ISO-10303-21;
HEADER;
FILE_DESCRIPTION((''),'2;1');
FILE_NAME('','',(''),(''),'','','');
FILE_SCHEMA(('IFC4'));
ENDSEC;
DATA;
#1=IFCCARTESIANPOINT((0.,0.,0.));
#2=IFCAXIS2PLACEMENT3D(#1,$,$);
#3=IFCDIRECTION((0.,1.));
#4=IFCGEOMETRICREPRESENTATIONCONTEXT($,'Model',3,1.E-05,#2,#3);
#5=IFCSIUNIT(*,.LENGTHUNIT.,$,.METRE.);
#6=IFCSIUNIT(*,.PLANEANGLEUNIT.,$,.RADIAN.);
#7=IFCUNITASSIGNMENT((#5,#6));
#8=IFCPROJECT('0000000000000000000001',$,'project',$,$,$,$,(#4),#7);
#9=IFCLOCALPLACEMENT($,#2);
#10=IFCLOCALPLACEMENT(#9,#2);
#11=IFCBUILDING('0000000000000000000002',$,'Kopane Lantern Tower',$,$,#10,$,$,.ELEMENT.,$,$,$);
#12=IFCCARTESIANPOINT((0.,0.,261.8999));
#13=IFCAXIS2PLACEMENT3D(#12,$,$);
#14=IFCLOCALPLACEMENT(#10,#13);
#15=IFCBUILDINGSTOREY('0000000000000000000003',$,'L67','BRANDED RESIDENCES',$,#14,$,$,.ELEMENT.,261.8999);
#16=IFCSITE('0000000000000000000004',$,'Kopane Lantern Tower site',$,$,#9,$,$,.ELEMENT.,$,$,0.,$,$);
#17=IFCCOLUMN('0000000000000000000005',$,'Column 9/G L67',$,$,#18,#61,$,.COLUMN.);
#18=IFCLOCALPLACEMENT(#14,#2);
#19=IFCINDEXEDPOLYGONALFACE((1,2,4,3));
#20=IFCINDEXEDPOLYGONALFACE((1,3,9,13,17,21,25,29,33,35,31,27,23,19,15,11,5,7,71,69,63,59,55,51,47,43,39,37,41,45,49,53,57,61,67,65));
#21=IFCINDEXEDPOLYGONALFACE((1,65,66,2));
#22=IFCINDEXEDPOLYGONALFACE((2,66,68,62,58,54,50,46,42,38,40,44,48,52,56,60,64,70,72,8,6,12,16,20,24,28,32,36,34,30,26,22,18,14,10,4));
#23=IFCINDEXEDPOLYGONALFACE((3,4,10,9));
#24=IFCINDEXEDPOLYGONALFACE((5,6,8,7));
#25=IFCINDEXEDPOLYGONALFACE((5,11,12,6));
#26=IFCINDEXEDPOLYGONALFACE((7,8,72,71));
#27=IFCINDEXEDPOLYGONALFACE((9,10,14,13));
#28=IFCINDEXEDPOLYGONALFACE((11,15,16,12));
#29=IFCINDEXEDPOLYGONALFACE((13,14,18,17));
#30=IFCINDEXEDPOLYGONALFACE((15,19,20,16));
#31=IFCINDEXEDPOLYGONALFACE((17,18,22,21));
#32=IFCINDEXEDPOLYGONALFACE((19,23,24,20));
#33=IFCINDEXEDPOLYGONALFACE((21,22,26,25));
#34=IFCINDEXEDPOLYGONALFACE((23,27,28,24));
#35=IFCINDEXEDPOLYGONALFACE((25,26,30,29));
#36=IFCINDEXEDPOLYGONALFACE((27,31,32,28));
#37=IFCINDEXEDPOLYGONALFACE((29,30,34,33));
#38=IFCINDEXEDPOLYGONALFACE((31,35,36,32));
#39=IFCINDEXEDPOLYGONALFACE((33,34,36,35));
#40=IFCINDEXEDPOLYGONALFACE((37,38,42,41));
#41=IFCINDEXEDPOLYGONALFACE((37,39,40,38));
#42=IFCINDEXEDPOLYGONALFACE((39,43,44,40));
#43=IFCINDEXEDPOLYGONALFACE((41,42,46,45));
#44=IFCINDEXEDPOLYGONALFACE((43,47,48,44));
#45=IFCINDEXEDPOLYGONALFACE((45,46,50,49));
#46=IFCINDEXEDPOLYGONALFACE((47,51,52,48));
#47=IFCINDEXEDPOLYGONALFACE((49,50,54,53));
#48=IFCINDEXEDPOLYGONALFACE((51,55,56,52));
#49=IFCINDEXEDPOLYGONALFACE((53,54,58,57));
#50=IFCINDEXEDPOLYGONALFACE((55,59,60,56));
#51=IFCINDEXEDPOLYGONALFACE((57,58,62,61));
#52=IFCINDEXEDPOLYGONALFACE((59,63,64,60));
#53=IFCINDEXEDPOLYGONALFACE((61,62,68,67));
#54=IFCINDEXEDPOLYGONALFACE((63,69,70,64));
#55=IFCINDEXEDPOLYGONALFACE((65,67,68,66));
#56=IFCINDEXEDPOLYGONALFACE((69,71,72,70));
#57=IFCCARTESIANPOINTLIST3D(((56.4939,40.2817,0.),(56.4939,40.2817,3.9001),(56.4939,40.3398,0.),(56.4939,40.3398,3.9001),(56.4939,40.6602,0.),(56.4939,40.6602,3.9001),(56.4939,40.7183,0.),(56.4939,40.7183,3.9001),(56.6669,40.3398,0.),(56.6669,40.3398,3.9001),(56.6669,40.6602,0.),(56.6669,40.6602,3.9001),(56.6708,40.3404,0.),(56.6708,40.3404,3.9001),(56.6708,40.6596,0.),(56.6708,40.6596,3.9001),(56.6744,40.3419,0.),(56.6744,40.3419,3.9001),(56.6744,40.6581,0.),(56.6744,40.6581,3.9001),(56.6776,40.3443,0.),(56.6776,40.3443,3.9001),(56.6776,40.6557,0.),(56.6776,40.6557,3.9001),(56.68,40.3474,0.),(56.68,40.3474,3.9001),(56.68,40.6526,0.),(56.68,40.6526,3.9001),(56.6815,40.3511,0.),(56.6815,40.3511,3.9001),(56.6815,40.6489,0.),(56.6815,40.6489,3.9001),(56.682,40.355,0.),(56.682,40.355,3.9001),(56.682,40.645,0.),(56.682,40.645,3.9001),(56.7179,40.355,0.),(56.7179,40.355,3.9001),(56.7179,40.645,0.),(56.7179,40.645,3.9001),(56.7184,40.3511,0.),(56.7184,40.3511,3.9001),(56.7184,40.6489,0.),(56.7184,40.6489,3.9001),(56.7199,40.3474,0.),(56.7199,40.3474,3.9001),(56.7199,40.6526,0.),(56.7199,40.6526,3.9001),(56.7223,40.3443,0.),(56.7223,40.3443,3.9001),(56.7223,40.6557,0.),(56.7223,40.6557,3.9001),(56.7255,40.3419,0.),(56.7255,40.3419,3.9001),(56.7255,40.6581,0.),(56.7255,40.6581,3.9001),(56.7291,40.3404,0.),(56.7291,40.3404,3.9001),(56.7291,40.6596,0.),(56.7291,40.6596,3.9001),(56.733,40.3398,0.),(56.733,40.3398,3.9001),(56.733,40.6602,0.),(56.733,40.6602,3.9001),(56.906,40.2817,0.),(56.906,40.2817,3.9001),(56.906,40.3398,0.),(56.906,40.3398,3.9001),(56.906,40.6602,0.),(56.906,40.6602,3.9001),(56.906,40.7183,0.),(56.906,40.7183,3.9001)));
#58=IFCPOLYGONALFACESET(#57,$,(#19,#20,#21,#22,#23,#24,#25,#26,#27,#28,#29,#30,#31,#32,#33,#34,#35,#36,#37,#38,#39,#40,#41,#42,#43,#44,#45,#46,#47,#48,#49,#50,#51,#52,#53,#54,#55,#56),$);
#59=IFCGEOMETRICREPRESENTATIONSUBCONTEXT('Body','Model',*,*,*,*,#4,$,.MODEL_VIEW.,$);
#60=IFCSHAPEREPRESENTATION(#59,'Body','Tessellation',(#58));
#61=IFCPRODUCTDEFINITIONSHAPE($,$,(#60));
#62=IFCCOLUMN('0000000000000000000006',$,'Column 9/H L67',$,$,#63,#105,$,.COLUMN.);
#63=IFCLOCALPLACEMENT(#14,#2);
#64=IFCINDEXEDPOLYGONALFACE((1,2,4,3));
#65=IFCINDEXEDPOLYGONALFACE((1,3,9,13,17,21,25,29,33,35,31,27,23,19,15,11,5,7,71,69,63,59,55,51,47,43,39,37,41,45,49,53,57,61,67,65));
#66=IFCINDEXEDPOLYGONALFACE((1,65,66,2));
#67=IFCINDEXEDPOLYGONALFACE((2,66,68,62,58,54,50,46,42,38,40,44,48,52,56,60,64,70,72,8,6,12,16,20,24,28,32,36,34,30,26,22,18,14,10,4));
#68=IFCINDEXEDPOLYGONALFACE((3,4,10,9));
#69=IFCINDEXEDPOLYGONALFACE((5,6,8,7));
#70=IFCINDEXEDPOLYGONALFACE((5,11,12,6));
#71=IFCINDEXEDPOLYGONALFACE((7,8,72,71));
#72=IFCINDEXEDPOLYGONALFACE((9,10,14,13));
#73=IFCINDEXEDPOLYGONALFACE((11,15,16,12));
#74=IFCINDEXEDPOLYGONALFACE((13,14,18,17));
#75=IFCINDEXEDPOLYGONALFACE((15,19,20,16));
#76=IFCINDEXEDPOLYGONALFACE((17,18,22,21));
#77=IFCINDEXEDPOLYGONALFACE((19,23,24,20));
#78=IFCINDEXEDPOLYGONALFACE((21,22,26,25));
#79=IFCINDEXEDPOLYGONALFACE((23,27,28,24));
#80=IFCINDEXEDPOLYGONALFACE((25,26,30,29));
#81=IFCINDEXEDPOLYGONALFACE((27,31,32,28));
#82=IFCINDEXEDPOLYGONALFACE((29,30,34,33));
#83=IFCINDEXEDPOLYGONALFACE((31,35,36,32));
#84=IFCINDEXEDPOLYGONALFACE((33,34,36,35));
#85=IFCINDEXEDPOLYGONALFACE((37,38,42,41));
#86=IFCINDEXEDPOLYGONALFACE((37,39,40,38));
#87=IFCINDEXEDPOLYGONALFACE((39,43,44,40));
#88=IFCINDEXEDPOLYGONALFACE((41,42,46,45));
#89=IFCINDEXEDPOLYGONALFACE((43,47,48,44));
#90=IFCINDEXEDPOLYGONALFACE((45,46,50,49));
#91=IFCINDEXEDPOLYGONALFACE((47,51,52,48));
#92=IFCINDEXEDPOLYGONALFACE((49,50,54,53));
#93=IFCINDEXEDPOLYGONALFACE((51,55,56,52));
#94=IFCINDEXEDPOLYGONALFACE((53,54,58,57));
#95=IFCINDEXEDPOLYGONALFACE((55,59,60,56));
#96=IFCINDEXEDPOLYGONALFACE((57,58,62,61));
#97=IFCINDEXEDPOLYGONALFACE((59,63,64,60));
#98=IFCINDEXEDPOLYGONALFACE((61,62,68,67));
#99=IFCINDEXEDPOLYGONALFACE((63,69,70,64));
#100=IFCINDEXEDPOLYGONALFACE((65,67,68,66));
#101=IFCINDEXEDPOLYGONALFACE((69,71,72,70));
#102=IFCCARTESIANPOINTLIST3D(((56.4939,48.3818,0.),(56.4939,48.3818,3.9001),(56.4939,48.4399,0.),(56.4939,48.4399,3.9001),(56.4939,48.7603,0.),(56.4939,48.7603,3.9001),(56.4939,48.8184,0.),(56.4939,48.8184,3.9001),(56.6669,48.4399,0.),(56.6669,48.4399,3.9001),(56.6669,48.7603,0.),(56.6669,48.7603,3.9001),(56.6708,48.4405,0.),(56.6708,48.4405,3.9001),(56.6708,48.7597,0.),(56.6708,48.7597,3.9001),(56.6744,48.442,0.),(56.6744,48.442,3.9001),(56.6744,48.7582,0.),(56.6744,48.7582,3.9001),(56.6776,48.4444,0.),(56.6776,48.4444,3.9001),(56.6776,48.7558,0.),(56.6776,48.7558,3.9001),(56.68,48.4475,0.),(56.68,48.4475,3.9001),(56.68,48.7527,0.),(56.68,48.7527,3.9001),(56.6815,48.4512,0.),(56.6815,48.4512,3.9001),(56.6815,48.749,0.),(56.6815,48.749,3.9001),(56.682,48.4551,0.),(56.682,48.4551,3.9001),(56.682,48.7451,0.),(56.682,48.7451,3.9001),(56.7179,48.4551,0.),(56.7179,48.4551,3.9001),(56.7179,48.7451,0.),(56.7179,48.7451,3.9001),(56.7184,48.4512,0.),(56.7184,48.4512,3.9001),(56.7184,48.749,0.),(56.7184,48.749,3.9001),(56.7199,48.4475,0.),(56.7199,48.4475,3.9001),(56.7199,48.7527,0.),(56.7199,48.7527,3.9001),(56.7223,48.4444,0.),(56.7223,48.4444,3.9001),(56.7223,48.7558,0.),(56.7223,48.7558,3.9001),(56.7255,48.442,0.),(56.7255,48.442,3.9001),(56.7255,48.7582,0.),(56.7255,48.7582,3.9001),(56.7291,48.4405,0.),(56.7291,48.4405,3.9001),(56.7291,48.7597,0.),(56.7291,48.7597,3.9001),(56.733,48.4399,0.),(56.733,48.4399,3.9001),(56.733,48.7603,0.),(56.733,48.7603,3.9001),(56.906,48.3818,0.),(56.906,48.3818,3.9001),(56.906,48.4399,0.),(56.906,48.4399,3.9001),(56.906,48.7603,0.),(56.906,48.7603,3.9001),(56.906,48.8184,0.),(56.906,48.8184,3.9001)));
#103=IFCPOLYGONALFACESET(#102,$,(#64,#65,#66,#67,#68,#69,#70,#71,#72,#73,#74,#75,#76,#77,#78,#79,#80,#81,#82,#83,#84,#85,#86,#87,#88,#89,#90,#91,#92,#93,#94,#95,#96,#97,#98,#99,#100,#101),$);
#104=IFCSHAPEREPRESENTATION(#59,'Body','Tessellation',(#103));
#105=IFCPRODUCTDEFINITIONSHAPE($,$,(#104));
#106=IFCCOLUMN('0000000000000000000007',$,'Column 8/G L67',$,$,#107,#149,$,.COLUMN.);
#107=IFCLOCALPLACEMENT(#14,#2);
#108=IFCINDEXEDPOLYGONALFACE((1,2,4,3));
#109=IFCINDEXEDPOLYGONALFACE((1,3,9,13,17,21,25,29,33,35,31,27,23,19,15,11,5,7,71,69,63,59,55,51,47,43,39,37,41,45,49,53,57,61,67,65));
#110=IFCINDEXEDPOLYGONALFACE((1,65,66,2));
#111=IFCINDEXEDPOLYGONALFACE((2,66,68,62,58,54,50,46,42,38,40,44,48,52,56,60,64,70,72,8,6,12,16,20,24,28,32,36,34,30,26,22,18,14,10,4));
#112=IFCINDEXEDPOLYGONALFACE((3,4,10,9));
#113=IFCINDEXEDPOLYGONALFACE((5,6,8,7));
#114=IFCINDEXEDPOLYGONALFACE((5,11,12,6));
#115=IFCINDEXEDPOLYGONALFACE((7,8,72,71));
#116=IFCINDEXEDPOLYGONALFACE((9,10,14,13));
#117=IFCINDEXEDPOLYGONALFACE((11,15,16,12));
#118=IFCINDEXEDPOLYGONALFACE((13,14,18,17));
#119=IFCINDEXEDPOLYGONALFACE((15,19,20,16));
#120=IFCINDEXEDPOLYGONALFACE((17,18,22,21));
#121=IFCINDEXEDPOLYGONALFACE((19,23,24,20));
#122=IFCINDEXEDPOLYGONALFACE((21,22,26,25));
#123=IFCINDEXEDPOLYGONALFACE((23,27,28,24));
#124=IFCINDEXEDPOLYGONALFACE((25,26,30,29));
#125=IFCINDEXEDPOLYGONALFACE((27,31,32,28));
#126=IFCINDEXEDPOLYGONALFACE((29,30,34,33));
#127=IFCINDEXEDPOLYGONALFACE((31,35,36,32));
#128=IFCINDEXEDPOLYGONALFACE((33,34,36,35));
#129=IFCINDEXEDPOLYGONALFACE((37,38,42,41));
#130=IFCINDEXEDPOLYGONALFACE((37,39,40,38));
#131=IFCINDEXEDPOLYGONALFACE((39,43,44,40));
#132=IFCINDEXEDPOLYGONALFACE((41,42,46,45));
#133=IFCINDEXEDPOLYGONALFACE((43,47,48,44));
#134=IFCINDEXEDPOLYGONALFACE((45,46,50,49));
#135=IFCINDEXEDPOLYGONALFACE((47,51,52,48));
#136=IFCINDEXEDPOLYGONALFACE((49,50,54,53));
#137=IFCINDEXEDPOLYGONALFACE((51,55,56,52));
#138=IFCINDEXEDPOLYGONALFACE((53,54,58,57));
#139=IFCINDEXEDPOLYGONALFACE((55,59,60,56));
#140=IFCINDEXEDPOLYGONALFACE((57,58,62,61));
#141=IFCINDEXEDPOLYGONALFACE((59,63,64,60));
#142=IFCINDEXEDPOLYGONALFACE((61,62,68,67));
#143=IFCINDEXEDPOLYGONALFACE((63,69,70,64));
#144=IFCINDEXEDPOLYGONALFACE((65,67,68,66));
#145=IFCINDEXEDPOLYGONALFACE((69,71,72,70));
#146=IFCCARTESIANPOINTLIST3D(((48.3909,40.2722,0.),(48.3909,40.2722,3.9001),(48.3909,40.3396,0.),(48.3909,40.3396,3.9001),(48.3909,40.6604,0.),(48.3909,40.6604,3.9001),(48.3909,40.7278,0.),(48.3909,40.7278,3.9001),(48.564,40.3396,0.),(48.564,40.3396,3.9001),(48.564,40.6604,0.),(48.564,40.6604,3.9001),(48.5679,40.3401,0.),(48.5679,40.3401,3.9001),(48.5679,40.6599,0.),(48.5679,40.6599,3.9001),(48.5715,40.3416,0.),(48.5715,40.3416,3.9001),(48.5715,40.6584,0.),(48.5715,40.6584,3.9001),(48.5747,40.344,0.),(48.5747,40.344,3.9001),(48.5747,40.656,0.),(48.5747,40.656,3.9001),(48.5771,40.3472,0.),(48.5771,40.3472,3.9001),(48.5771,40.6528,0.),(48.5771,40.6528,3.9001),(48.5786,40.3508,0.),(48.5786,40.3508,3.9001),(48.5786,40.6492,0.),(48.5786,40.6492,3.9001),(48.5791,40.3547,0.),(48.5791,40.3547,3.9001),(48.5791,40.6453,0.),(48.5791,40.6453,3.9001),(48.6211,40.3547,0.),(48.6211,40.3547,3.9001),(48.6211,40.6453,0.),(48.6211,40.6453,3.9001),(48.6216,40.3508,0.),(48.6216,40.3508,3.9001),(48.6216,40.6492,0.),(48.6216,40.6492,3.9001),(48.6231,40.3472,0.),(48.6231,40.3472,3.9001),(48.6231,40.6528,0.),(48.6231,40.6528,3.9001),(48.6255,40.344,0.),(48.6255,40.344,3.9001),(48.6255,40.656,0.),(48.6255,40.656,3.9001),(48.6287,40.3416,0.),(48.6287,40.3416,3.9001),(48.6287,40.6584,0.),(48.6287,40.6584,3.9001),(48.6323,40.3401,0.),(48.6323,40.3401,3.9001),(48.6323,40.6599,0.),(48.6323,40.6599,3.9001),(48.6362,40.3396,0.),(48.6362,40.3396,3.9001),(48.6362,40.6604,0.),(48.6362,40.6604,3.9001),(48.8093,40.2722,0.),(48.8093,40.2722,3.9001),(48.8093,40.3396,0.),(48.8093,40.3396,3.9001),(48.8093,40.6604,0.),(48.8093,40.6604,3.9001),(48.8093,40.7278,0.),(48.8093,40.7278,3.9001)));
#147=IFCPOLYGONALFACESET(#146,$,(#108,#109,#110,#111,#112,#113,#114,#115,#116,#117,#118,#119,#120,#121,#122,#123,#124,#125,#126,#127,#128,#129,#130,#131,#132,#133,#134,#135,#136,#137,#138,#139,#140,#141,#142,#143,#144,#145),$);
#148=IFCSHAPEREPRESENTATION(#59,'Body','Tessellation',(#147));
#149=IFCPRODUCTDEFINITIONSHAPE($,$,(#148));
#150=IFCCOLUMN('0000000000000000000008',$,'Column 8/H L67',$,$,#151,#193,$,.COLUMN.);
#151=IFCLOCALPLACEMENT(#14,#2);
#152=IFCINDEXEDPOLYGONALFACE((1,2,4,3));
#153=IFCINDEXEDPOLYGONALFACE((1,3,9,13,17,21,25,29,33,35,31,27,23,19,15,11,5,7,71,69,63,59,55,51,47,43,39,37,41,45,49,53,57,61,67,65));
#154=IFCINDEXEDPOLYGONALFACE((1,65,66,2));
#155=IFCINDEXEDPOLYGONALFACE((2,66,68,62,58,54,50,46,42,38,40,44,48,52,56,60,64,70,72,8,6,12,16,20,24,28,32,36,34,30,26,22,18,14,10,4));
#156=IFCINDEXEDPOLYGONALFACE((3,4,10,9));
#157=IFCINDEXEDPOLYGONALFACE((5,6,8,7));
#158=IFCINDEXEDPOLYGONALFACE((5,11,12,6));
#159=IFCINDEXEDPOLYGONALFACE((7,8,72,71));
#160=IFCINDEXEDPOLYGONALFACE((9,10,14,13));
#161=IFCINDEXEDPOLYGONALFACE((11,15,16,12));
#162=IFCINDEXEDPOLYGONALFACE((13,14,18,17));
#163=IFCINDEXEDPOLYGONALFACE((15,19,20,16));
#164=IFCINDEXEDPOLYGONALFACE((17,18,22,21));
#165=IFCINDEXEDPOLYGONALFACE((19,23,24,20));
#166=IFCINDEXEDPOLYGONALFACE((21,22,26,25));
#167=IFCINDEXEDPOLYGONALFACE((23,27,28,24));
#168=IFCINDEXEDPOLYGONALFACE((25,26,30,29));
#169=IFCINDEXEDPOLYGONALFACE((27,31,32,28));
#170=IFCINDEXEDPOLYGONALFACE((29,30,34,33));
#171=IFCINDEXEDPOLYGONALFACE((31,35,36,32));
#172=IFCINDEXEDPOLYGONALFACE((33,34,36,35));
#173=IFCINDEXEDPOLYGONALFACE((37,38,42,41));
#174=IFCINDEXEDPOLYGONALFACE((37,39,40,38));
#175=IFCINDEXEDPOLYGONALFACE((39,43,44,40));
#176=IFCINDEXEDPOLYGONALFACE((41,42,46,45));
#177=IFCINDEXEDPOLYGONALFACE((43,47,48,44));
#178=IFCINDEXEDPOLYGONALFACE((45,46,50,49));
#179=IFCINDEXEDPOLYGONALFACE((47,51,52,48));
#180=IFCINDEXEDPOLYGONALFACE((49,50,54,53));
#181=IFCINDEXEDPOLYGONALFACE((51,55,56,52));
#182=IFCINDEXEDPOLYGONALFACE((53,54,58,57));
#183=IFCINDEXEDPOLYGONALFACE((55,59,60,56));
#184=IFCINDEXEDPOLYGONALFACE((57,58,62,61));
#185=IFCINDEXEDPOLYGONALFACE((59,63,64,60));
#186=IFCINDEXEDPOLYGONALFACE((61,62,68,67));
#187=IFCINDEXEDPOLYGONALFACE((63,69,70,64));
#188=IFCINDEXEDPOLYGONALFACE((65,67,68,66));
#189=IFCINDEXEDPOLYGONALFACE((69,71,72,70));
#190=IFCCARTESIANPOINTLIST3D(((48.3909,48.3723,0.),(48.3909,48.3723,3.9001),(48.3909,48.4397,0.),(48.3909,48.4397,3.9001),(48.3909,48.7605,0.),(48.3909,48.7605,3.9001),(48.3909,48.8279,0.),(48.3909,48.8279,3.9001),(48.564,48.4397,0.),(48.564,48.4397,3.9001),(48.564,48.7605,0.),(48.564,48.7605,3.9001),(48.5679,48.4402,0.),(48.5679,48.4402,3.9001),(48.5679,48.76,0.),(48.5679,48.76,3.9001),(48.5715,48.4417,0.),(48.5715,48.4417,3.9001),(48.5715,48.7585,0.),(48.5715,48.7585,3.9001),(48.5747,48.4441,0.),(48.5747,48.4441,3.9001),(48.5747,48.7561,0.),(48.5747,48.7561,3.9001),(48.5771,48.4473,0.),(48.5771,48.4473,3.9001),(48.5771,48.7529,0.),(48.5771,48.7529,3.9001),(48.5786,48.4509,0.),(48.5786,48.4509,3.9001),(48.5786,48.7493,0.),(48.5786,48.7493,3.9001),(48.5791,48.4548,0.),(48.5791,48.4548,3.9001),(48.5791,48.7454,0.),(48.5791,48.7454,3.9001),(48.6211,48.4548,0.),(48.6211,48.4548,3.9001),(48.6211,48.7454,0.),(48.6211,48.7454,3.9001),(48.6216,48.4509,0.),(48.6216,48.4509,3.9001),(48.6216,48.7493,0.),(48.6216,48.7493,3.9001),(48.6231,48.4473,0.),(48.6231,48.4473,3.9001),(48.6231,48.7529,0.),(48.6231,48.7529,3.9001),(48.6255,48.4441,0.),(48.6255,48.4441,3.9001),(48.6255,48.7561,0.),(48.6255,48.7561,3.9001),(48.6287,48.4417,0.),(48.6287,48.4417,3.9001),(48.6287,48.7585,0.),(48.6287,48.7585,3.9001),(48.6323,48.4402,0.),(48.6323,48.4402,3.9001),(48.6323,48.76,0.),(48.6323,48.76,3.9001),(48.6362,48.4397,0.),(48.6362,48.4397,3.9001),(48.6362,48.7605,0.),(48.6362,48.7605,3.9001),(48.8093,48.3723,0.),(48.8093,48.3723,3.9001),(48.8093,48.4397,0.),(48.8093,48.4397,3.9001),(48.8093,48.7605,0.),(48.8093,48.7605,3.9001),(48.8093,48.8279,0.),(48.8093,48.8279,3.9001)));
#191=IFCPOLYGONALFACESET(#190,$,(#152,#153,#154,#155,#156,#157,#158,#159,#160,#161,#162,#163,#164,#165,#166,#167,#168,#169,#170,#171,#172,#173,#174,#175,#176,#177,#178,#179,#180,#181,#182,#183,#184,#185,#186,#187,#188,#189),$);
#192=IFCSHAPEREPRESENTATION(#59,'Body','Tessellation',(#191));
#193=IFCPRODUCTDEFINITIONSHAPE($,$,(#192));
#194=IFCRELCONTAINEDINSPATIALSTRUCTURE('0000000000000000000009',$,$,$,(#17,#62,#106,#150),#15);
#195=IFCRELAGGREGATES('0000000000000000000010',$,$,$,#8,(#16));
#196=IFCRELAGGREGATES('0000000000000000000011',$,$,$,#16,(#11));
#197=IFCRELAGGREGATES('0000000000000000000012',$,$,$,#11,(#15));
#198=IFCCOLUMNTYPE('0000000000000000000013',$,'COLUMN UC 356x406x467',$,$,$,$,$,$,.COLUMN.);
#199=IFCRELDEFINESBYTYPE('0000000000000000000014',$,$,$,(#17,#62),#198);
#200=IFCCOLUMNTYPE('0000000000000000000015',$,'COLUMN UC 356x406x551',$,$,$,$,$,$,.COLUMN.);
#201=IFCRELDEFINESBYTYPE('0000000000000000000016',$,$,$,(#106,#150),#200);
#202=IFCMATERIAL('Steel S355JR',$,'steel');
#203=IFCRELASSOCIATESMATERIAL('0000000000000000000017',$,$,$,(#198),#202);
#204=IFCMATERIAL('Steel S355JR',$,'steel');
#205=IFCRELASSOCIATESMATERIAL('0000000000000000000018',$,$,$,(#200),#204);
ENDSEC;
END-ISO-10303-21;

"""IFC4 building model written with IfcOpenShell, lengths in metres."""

from ifc_helpers import new_model, si_unit, direction, frame, origin, origin_2d, place, context, subcontext, project, spatial, i_section, extrude, material, material_profile, profile_set, type_object, element, save


model = new_model("IFC4")

# Units and contexts
model_context = context("Model", 3, precision=1e-05, world=origin(), true_north=direction((0.0, 1.0)))
body_context = subcontext(model_context, "Body", "Model", "MODEL_VIEW")
ifc_project = project(units=[si_unit("LENGTHUNIT", "METRE"), si_unit("PLANEANGLEUNIT", "RADIAN")], contexts=[model_context])

# Site, building, storey
site_placement = place(None, origin())
site = spatial("IfcSite", under=ifc_project, at=site_placement, Name="Kopane Lantern Tower site", CompositionType="ELEMENT", RefElevation=0.0)
building_placement = place(site_placement, origin())
building = spatial("IfcBuilding", under=site, at=building_placement, Name="Kopane Lantern Tower", CompositionType="ELEMENT")
storey_placement = place(building_placement, frame((0.0, 0.0, 261.8999)))
storey = spatial("IfcBuildingStorey", under=building, at=storey_placement, Name="L67", Description="BRANDED RESIDENCES", CompositionType="ELEMENT", Elevation=261.8999)

# Columns
ifc_material_1 = material(Name="Steel S355JR", Category="steel")
ifc_material_profile_1 = material_profile(ifc_material_1, i_section(OverallWidth=0.4121, OverallDepth=0.4365, WebThickness=0.0359, FlangeThickness=0.0581, FilletRadius=0.0151, at=origin_2d()), Name="UC 356x406x467")
ifc_profile_set_1 = profile_set([ifc_material_profile_1], Name="Steel S355JR")
column_type_1 = type_object("IfcColumnType", Name="COLUMN UC 356x406x467", PredefinedType="COLUMN", material=ifc_profile_set_1)
for number, where, z_axis, x_axis, name in (
    (1, (56.7, 40.5, 0.0), (0.0, 0.0, 1.0), (1.0, 0.0, 0.0), "Column 9/G L67"),
    (2, (56.7, 48.6001, 0.0), (0.0, 0.0, 1.0), (1.0, 0.0, 0.0), "Column 9/H L67"),
):
    element("IfcColumn", number, at=place(storey_placement, frame(where, z_axis=z_axis, x_axis=x_axis)), inside=storey, type_object=column_type_1, Name=name, PredefinedType="COLUMN", context=body_context, shape_type="SweptSolid", body=[
        extrude(i_section(OverallWidth=0.4121, OverallDepth=0.4365, WebThickness=0.0359, FlangeThickness=0.0581, FilletRadius=0.0151, at=origin_2d()), origin(), (0.0, 0.0, 1.0), 3.9001),
    ])
ifc_material_2 = material(Name="Steel S355JR", Category="steel")
ifc_material_profile_2 = material_profile(ifc_material_2, i_section(OverallWidth=0.4185, OverallDepth=0.4556, WebThickness=0.042, FlangeThickness=0.0674, FilletRadius=0.0151, at=origin_2d()), Name="UC 356x406x551")
ifc_profile_set_2 = profile_set([ifc_material_profile_2], Name="Steel S355JR")
column_type_2 = type_object("IfcColumnType", Name="COLUMN UC 356x406x551", PredefinedType="COLUMN", material=ifc_profile_set_2)
for number, where, z_axis, x_axis, name in (
    (3, (48.6001, 40.5, 0.0), (0.0, 0.0, 1.0), (1.0, 0.0, 0.0), "Column 8/G L67"),
    (4, (48.6001, 48.6001, 0.0), (0.0, 0.0, 1.0), (1.0, 0.0, 0.0), "Column 8/H L67"),
):
    element("IfcColumn", number, at=place(storey_placement, frame(where, z_axis=z_axis, x_axis=x_axis)), inside=storey, type_object=column_type_2, Name=name, PredefinedType="COLUMN", context=body_context, shape_type="SweptSolid", body=[
        extrude(i_section(OverallWidth=0.4185, OverallDepth=0.4556, WebThickness=0.042, FlangeThickness=0.0674, FilletRadius=0.0151, at=origin_2d()), origin(), (0.0, 0.0, 1.0), 3.9001),
    ])

save(model, "model.ifc")
